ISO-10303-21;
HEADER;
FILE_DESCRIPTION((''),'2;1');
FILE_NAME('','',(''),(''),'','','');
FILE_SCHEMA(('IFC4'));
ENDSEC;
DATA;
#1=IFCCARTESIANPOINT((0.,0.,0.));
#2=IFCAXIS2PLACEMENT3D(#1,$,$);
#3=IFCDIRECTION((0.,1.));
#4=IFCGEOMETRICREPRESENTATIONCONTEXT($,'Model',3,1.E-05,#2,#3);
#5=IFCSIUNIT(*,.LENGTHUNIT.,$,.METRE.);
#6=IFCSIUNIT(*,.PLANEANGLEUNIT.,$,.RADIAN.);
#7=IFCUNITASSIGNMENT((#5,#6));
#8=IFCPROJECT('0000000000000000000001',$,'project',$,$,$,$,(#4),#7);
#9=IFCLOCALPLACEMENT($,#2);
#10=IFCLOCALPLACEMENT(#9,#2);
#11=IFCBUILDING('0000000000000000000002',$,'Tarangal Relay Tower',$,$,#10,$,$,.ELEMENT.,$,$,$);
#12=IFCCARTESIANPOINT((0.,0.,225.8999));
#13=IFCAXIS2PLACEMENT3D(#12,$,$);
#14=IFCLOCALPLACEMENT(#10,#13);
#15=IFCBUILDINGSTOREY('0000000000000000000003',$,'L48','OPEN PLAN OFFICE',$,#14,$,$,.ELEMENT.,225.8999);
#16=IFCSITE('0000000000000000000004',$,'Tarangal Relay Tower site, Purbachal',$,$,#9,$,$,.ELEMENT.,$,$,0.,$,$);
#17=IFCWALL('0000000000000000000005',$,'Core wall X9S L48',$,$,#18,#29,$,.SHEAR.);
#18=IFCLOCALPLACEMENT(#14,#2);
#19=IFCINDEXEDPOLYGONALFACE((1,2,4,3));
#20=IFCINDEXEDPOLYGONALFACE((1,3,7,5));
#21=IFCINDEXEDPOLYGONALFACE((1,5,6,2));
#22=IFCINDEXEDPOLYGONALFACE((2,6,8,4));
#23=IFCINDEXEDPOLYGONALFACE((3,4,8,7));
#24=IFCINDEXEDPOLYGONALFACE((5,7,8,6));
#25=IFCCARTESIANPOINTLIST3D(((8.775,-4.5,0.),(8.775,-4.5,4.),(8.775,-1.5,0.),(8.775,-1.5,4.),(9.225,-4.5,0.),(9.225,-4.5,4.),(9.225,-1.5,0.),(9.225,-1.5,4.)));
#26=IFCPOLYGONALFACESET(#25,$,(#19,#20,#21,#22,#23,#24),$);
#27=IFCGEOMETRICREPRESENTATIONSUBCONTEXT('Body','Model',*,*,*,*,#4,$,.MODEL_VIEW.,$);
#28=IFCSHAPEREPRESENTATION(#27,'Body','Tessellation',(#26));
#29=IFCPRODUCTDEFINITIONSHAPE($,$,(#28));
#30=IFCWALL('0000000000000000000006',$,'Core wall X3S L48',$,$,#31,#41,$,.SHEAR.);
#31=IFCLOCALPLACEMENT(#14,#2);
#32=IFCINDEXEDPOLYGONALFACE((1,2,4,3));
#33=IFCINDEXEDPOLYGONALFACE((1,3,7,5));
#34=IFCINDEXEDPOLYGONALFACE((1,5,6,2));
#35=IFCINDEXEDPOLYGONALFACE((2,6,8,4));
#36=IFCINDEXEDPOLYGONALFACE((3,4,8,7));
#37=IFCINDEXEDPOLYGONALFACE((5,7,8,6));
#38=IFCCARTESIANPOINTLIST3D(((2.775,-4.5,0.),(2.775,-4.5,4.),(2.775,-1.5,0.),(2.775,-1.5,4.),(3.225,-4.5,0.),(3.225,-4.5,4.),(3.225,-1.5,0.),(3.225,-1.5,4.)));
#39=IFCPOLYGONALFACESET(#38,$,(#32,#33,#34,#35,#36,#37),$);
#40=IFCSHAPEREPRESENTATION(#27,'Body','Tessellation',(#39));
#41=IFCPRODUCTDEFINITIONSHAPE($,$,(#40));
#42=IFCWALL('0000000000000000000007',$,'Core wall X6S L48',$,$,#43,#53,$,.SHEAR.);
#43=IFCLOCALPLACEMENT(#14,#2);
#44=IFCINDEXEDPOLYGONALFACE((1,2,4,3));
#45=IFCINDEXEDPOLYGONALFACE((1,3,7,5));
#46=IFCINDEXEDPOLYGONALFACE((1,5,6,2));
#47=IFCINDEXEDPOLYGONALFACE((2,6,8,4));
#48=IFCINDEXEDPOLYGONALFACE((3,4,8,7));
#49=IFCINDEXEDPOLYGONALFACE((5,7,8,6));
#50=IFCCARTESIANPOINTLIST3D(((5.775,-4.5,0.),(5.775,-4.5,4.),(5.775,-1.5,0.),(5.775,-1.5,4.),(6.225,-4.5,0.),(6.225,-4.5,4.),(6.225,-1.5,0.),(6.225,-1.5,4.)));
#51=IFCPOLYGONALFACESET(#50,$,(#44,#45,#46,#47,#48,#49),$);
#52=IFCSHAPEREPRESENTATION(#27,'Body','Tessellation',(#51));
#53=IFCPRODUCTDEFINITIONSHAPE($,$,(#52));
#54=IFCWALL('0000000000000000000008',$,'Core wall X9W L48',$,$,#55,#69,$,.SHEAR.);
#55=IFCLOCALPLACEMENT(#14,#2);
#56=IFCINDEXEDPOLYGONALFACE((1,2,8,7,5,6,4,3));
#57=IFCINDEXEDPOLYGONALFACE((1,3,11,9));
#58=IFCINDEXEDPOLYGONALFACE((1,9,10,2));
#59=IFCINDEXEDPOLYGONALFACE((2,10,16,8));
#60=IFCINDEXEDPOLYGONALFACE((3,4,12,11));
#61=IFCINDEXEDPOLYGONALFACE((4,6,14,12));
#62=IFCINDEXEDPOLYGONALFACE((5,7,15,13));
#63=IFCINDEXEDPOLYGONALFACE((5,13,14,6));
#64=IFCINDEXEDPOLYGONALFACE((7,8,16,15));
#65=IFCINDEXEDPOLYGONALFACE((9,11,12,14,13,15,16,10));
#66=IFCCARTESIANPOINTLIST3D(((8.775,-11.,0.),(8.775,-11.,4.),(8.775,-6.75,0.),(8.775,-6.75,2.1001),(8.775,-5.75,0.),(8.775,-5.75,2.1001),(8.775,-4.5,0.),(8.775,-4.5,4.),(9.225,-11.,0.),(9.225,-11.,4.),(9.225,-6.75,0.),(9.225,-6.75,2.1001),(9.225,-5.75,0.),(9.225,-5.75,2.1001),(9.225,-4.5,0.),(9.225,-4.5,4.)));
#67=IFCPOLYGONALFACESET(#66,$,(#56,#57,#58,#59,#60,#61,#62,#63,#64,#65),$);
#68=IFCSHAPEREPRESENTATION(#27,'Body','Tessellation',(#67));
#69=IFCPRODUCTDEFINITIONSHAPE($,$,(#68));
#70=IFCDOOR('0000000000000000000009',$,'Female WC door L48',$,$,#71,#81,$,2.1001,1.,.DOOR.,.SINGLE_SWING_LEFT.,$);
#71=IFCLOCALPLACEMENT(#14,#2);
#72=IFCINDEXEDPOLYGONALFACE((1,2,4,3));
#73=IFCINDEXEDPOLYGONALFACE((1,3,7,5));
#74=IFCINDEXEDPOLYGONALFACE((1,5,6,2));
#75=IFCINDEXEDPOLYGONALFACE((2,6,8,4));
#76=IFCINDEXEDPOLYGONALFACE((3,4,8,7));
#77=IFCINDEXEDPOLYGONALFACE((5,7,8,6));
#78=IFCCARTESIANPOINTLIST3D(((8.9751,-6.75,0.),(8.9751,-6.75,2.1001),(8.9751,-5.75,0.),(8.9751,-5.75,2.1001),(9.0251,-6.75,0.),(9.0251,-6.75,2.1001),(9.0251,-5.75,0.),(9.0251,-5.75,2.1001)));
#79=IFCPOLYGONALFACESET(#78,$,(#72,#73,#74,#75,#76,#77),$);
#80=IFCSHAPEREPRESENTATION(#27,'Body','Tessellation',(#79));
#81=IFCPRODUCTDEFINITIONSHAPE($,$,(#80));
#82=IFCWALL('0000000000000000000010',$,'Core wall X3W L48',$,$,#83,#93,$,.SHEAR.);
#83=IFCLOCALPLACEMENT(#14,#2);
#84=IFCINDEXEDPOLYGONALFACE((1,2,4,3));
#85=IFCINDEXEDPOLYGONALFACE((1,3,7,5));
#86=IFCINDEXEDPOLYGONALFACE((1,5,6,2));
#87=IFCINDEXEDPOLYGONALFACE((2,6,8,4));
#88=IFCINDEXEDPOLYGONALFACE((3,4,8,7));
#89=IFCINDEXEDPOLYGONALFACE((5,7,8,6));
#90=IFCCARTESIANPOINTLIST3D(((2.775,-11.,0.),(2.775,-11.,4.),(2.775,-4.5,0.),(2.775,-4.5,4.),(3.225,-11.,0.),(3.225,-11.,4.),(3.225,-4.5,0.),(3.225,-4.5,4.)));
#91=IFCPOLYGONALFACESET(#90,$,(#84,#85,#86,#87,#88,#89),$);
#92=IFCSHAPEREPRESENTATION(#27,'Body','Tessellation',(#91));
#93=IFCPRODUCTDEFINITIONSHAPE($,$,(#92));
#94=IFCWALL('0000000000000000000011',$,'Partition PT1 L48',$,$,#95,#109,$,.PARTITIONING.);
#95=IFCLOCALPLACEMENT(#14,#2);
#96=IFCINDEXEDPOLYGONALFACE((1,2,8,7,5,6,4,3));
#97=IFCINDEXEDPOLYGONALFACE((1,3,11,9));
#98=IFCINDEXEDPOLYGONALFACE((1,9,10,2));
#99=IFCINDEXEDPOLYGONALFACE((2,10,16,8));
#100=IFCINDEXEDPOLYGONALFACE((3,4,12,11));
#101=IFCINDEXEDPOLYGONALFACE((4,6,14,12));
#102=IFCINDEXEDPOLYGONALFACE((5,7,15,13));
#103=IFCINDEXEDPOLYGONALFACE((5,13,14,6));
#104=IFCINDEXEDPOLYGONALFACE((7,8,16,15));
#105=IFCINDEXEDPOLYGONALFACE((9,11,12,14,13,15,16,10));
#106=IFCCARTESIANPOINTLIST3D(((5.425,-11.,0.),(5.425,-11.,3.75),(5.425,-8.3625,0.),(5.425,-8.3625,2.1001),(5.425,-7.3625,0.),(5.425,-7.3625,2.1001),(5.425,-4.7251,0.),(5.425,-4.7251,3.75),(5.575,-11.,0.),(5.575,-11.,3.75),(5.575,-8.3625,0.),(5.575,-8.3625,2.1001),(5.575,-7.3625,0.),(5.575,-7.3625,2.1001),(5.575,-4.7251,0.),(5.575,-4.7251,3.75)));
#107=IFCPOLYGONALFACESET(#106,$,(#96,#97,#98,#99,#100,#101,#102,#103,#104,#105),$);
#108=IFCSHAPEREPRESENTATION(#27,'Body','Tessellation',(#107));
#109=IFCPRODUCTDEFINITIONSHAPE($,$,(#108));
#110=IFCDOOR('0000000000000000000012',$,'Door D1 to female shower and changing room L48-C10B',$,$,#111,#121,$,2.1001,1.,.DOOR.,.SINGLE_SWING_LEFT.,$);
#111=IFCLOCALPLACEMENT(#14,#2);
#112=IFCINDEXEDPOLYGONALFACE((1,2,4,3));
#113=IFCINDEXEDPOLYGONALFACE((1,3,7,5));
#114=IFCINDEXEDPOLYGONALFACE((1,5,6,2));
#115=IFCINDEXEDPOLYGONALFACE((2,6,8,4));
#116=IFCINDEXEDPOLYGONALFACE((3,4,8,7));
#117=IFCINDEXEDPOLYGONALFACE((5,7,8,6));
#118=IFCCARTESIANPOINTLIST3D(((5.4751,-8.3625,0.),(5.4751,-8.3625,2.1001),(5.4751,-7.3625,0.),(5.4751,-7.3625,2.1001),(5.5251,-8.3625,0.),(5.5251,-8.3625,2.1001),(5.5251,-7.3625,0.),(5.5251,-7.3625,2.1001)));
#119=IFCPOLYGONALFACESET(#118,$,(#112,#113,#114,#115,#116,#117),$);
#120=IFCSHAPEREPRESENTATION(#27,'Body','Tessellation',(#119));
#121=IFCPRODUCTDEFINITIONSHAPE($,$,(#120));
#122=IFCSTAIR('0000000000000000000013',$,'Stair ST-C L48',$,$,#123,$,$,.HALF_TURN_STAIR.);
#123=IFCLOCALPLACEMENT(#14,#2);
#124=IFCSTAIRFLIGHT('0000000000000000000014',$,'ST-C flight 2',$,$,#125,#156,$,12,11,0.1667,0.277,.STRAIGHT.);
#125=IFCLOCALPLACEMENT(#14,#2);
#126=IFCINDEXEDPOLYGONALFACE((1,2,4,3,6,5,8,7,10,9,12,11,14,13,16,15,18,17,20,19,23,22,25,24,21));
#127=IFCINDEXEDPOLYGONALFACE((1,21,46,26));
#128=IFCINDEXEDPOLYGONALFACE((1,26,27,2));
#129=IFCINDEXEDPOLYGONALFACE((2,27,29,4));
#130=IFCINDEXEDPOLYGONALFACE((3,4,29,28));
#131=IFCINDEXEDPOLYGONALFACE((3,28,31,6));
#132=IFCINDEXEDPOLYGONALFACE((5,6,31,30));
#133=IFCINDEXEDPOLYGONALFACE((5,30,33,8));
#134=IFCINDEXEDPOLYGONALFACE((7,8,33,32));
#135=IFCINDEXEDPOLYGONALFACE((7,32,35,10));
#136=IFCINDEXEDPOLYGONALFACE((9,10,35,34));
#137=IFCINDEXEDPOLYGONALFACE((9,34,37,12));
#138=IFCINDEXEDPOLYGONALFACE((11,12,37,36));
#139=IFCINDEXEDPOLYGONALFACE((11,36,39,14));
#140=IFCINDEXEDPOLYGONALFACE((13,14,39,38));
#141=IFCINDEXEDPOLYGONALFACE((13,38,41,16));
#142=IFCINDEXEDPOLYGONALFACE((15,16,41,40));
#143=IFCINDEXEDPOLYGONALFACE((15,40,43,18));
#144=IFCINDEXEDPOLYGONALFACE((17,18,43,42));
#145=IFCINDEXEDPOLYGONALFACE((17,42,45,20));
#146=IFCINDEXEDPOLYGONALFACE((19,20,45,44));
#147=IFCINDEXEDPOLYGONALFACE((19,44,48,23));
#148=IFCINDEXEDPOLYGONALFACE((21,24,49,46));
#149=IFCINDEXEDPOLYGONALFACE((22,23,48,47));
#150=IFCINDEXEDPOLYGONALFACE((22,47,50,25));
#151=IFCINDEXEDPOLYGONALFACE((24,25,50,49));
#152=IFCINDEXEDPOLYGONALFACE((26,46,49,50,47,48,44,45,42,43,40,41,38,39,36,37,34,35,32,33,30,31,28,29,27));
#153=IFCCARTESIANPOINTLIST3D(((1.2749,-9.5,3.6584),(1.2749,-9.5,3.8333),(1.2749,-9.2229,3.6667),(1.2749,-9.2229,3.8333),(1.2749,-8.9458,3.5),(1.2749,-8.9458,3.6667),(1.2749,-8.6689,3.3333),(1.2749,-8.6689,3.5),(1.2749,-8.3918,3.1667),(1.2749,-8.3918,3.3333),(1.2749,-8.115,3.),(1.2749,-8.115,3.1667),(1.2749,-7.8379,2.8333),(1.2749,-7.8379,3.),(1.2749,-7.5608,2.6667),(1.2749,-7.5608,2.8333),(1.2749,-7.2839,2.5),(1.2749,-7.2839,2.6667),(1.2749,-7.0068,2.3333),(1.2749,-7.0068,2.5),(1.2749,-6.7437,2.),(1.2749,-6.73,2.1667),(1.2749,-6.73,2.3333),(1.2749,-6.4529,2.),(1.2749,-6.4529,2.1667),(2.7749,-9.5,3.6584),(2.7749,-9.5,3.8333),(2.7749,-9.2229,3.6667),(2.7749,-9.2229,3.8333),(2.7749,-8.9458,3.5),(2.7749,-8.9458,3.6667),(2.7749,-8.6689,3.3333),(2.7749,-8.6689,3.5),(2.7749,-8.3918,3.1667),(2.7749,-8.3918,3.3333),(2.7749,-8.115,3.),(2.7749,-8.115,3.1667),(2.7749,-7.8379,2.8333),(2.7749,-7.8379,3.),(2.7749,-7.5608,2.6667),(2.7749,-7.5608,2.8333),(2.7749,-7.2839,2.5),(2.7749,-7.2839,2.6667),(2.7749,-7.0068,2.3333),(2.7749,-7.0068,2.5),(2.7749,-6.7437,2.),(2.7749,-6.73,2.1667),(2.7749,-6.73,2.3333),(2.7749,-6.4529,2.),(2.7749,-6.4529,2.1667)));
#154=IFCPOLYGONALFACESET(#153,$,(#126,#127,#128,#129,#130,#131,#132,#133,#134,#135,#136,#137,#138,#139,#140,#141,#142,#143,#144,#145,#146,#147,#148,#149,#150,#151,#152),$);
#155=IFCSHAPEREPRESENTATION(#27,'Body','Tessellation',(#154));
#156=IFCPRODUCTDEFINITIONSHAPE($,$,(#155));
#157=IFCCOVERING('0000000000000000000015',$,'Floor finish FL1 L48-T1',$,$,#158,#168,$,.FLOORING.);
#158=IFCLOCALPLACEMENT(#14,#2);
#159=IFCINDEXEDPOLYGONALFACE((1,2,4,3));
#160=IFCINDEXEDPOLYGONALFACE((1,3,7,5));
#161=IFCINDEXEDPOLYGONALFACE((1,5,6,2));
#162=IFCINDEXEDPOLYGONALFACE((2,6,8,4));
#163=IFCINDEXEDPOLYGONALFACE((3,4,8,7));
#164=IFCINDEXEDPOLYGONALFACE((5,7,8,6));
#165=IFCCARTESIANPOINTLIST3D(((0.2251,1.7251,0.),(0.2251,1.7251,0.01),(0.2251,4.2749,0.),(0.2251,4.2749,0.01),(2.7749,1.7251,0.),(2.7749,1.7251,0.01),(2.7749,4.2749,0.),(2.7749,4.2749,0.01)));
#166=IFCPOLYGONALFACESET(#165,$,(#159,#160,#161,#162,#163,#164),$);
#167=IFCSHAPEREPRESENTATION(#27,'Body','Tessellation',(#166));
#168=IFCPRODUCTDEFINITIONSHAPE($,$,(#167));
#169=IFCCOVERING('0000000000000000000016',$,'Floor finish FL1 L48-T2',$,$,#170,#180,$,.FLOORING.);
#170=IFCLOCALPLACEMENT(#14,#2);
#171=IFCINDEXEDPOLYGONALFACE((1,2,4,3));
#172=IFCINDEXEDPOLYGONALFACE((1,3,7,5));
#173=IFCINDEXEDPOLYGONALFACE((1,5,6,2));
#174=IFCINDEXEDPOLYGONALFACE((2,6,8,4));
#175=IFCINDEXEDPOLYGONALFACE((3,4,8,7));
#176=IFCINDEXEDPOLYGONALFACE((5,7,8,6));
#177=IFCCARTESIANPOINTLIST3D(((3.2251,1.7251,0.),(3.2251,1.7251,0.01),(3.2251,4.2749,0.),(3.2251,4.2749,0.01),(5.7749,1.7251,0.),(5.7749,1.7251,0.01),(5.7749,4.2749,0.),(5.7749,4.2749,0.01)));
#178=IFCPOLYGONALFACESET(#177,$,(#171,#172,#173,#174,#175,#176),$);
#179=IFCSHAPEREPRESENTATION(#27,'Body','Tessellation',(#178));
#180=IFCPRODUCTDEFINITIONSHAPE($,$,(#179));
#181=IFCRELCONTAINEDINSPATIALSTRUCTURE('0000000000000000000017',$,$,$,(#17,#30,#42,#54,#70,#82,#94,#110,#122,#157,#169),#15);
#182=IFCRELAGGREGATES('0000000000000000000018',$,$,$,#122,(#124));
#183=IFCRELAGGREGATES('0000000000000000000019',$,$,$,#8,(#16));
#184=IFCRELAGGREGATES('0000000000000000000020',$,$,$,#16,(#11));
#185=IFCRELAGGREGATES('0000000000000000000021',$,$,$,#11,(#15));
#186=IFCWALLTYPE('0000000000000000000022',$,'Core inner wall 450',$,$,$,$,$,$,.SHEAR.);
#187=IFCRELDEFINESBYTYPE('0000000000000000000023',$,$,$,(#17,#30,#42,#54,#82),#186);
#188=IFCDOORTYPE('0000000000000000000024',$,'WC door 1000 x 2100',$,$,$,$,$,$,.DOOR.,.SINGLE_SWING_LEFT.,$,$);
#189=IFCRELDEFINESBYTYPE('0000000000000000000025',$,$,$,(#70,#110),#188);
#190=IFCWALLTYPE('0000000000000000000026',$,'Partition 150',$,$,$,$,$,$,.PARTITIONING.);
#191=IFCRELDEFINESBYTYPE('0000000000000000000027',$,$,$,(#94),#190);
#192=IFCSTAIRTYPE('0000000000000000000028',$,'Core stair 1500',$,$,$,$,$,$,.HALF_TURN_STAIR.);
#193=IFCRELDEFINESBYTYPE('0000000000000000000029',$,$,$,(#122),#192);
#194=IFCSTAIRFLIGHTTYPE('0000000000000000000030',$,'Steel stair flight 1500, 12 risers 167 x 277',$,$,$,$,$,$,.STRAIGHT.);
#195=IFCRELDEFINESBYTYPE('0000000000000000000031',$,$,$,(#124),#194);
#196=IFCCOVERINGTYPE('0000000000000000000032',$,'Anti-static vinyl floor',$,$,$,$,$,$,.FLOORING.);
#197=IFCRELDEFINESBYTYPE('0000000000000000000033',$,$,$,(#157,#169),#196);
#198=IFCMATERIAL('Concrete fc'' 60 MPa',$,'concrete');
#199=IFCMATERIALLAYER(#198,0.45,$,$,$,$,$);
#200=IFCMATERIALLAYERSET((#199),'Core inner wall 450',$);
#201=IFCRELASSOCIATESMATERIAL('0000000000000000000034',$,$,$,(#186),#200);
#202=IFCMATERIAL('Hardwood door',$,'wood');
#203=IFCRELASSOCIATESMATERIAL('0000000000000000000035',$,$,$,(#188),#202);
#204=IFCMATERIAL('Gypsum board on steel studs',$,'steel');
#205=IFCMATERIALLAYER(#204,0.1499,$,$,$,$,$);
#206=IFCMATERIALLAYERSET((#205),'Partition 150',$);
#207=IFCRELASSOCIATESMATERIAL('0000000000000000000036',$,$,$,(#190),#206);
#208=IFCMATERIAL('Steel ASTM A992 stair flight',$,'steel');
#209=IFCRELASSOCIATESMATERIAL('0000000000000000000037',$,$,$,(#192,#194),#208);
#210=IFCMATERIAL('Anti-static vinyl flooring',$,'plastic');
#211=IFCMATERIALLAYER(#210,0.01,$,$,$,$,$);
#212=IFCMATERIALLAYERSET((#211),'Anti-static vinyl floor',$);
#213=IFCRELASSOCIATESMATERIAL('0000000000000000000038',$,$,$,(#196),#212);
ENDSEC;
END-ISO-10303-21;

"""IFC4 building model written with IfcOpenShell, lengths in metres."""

from ifc_helpers import new_model, si_unit, direction, frame, frame_2d, origin, place, context, subcontext, project, spatial, polyline, rectangle, outline, extrude, material, layer, layer_set, type_object, element, fill, aggregate, save


model = new_model("IFC4")

# Units and contexts
model_context = context("Model", 3, precision=1e-05, world=origin(), true_north=direction((0.0, 1.0)))
body_context = subcontext(model_context, "Body", "Model", "MODEL_VIEW")
ifc_project = project(units=[si_unit("LENGTHUNIT", "METRE"), si_unit("PLANEANGLEUNIT", "RADIAN")], contexts=[model_context])

# Site, building, storey
site_placement = place(None, origin())
site = spatial("IfcSite", under=ifc_project, at=site_placement, Name="Tarangal Relay Tower site, Purbachal", CompositionType="ELEMENT", RefElevation=0.0)
building_placement = place(site_placement, origin())
building = spatial("IfcBuilding", under=site, at=building_placement, Name="Tarangal Relay Tower", CompositionType="ELEMENT")
storey_placement = place(building_placement, frame((0.0, 0.0, 225.8999)))
storey = spatial("IfcBuildingStorey", under=building, at=storey_placement, Name="L48", Description="OPEN PLAN OFFICE", CompositionType="ELEMENT", Elevation=225.8999)

# Walls
ifc_material_1 = material(Name="Concrete fc' 60 MPa", Category="concrete")
ifc_layer_1 = layer(ifc_material_1, 0.45)
ifc_layer_set_1 = layer_set([ifc_layer_1], Name="Core inner wall 450")
wall_type_1 = type_object("IfcWallType", Name="Core inner wall 450", PredefinedType="SHEAR", material=ifc_layer_set_1)
for number, where, z_axis, x_axis, name in (
    (1, (9.0, -4.5, 0.0), (0.0, 0.0, 1.0), (0.0, 1.0, 0.0), "Core wall X9S L48"),
    (2, (3.0, -4.5, 0.0), (0.0, 0.0, 1.0), (0.0, 1.0, 0.0), "Core wall X3S L48"),
    (3, (6.0, -4.5, 0.0), (0.0, 0.0, 1.0), (0.0, 1.0, 0.0), "Core wall X6S L48"),
):
    element("IfcWall", number, at=place(storey_placement, frame(where, z_axis=z_axis, x_axis=x_axis)), inside=storey, type_object=wall_type_1, Name=name, PredefinedType="SHEAR", context=body_context, shape_type="SweptSolid", body=[
        extrude(rectangle(XDim=3.0, YDim=0.45, at=frame_2d((1.5, 0.0))), origin(), (0.0, 0.0, 1.0), 4.0),
    ])

# Wall, opening, door
wall_1_placement = place(storey_placement, frame((9.0, -11.0, 0.0), z_axis=(0.0, 0.0, 1.0), x_axis=(0.0, 1.0, 0.0)))
wall_1 = element("IfcWall", 4, at=wall_1_placement, inside=storey, type_object=wall_type_1, Name="Core wall X9W L48", PredefinedType="SHEAR", context=body_context, shape_type="SweptSolid", body=[
    extrude(rectangle(XDim=6.5, YDim=0.45, at=frame_2d((3.25, 0.0))), origin(), (0.0, 0.0, 1.0), 4.0),
])
opening_1_placement = place(wall_1_placement, frame((4.25, 0.0, 0.0)))
opening_1 = element("IfcOpeningElement", 5, at=opening_1_placement, cuts=wall_1, PredefinedType="OPENING", context=body_context, shape_type="SweptSolid", body=[
    extrude(rectangle(XDim=1.0, YDim=2.1001, at=frame_2d((0.5, 1.05))), frame((0.0, 0.2349, 0.0), z_axis=(0.0, -1.0, 0.0), x_axis=(1.0, 0.0, 0.0)), (0.0, 0.0, 1.0), 0.47),
])
ifc_material_2 = material(Name="Hardwood door", Category="wood")
door_type = type_object("IfcDoorType", Name="WC door 1000 x 2100", OperationType="SINGLE_SWING_LEFT", PredefinedType="DOOR", material=ifc_material_2)
door_1_placement = place(opening_1_placement, origin())
door_1 = element("IfcDoor", 6, at=door_1_placement, inside=storey, type_object=door_type, Name="Female WC door L48", OperationType="SINGLE_SWING_LEFT", OverallHeight=2.1001, OverallWidth=1.0, PredefinedType="DOOR", context=body_context, shape_type="SweptSolid", body=[
    extrude(rectangle(XDim=1.0, YDim=2.1001, at=frame_2d((0.5, 1.05))), frame((0.0, 0.0249, 0.0), z_axis=(0.0, -1.0, 0.0), x_axis=(1.0, 0.0, 0.0)), (0.0, 0.0, 1.0), 0.05),
])
fill(opening_1, door_1)

# Wall
wall_2_placement = place(storey_placement, frame((3.0, -11.0, 0.0), z_axis=(0.0, 0.0, 1.0), x_axis=(0.0, 1.0, 0.0)))
element("IfcWall", 7, at=wall_2_placement, inside=storey, type_object=wall_type_1, Name="Core wall X3W L48", PredefinedType="SHEAR", context=body_context, shape_type="SweptSolid", body=[
    extrude(rectangle(XDim=6.5, YDim=0.45, at=frame_2d((3.25, 0.0))), origin(), (0.0, 0.0, 1.0), 4.0),
])

# Wall, opening, door
ifc_material_3 = material(Name="Gypsum board on steel studs", Category="steel")
ifc_layer_2 = layer(ifc_material_3, 0.1499)
ifc_layer_set_2 = layer_set([ifc_layer_2], Name="Partition 150")
wall_type_2 = type_object("IfcWallType", Name="Partition 150", PredefinedType="PARTITIONING", material=ifc_layer_set_2)
wall_3_placement = place(storey_placement, frame((5.5, -11.0, 0.0), z_axis=(0.0, 0.0, 1.0), x_axis=(0.0, 1.0, 0.0)))
wall_3 = element("IfcWall", 8, at=wall_3_placement, inside=storey, type_object=wall_type_2, Name="Partition PT1 L48", PredefinedType="PARTITIONING", context=body_context, shape_type="SweptSolid", body=[
    extrude(rectangle(XDim=6.2749, YDim=0.1499, at=frame_2d((3.1375, 0.0))), origin(), (0.0, 0.0, 1.0), 3.75),
])
opening_2_placement = place(wall_3_placement, frame((2.6375, 0.0, 0.0)))
opening_2 = element("IfcOpeningElement", 9, at=opening_2_placement, cuts=wall_3, PredefinedType="OPENING", context=body_context, shape_type="SweptSolid", body=[
    extrude(rectangle(XDim=1.0, YDim=2.1001, at=frame_2d((0.5, 1.05))), frame((0.0, 0.085, 0.0), z_axis=(0.0, -1.0, 0.0), x_axis=(1.0, 0.0, 0.0)), (0.0, 0.0, 1.0), 0.1699),
])
door_2_placement = place(opening_2_placement, origin())
door_2 = element("IfcDoor", 10, at=door_2_placement, inside=storey, type_object=door_type, Name="Door D1 to female shower and changing room L48-C10B", OperationType="SINGLE_SWING_LEFT", OverallHeight=2.1001, OverallWidth=1.0, PredefinedType="DOOR", context=body_context, shape_type="SweptSolid", body=[
    extrude(rectangle(XDim=1.0, YDim=2.1001, at=frame_2d((0.5, 1.05))), frame((0.0, 0.0249, 0.0), z_axis=(0.0, -1.0, 0.0), x_axis=(1.0, 0.0, 0.0)), (0.0, 0.0, 1.0), 0.05),
])
fill(opening_2, door_2)

# Stair, stair flight
ifc_material_4 = material(Name="Steel ASTM A992 stair flight", Category="steel")
stair_type = type_object("IfcStairType", Name="Core stair 1500", PredefinedType="HALF_TURN_STAIR", material=ifc_material_4)
stair_placement = place(storey_placement, origin())
stair = element("IfcStair", 11, at=stair_placement, inside=storey, type_object=stair_type, Name="Stair ST-C L48", PredefinedType="HALF_TURN_STAIR")
stair_flight_type = type_object("IfcStairFlightType", Name="Steel stair flight 1500, 12 risers 167 x 277", PredefinedType="STRAIGHT", material=ifc_material_4)
stair_flight_placement = place(storey_placement, frame((2.0249, -6.4529, 2.0), z_axis=(0.0, 0.0, 1.0), x_axis=(0.0, -1.0, 0.0)))
stair_flight = element("IfcStairFlight", 12, at=stair_flight_placement, type_object=stair_flight_type, Name="ST-C flight 2", NumberOfRisers=12, NumberOfTreads=11, PredefinedType="STRAIGHT", RiserHeight=0.1667, TreadLength=0.277, context=body_context, shape_type="SweptSolid", body=[
    extrude(outline(polyline([(0.0, 0.0), (0.0, 0.1667), (0.2771, 0.1667), (0.2771, 0.3333), (0.554, 0.3333), (0.554, 0.5), (0.8311, 0.5), (0.8311, 0.6667), (1.1079, 0.6667), (1.1079, 0.8333), (1.385, 0.8333), (1.385, 1.0), (1.6621, 1.0), (1.6621, 1.1667), (1.939, 1.1667), (1.939, 1.3333), (2.2161, 1.3333), (2.2161, 1.5), (2.4929, 1.5), (2.4929, 1.6667), (2.77, 1.6667), (2.77, 1.8333), (3.0471, 1.8333), (3.0471, 2.0), (3.0471, 1.6584), (0.2908, 0.0), (0.0, 0.0)])), frame((0.0, 0.75, 0.0), z_axis=(0.0, -1.0, 0.0), x_axis=(1.0, 0.0, 0.0)), (0.0, 0.0, 1.0), 1.5),
])
aggregate(stair, [stair_flight])

# Coverings
ifc_material_5 = material(Name="Anti-static vinyl flooring", Category="plastic")
ifc_layer_3 = layer(ifc_material_5, 0.01)
ifc_layer_set_3 = layer_set([ifc_layer_3], Name="Anti-static vinyl floor")
covering_type_1 = type_object("IfcCoveringType", Name="Anti-static vinyl floor", PredefinedType="FLOORING", material=ifc_layer_set_3)
covering_1_placement = place(storey_placement, origin())
element("IfcCovering", 13, at=covering_1_placement, inside=storey, type_object=covering_type_1, Name="Floor finish FL1 L48-T1", PredefinedType="FLOORING", context=body_context, shape_type="SweptSolid", body=[
    extrude(outline(polyline([(0.2251, 1.7251), (2.7749, 1.7251), (2.7749, 4.2749), (0.2251, 4.2749), (0.2251, 1.7251)])), origin(), (0.0, 0.0, 1.0), 0.01),
])
covering_2_placement = place(storey_placement, origin())
element("IfcCovering", 14, at=covering_2_placement, inside=storey, type_object=covering_type_1, Name="Floor finish FL1 L48-T2", PredefinedType="FLOORING", context=body_context, shape_type="SweptSolid", body=[
    extrude(outline(polyline([(3.2251, 1.7251), (5.7749, 1.7251), (5.7749, 4.2749), (3.2251, 4.2749), (3.2251, 1.7251)])), origin(), (0.0, 0.0, 1.0), 0.01),
])

save(model, "model.ifc")
